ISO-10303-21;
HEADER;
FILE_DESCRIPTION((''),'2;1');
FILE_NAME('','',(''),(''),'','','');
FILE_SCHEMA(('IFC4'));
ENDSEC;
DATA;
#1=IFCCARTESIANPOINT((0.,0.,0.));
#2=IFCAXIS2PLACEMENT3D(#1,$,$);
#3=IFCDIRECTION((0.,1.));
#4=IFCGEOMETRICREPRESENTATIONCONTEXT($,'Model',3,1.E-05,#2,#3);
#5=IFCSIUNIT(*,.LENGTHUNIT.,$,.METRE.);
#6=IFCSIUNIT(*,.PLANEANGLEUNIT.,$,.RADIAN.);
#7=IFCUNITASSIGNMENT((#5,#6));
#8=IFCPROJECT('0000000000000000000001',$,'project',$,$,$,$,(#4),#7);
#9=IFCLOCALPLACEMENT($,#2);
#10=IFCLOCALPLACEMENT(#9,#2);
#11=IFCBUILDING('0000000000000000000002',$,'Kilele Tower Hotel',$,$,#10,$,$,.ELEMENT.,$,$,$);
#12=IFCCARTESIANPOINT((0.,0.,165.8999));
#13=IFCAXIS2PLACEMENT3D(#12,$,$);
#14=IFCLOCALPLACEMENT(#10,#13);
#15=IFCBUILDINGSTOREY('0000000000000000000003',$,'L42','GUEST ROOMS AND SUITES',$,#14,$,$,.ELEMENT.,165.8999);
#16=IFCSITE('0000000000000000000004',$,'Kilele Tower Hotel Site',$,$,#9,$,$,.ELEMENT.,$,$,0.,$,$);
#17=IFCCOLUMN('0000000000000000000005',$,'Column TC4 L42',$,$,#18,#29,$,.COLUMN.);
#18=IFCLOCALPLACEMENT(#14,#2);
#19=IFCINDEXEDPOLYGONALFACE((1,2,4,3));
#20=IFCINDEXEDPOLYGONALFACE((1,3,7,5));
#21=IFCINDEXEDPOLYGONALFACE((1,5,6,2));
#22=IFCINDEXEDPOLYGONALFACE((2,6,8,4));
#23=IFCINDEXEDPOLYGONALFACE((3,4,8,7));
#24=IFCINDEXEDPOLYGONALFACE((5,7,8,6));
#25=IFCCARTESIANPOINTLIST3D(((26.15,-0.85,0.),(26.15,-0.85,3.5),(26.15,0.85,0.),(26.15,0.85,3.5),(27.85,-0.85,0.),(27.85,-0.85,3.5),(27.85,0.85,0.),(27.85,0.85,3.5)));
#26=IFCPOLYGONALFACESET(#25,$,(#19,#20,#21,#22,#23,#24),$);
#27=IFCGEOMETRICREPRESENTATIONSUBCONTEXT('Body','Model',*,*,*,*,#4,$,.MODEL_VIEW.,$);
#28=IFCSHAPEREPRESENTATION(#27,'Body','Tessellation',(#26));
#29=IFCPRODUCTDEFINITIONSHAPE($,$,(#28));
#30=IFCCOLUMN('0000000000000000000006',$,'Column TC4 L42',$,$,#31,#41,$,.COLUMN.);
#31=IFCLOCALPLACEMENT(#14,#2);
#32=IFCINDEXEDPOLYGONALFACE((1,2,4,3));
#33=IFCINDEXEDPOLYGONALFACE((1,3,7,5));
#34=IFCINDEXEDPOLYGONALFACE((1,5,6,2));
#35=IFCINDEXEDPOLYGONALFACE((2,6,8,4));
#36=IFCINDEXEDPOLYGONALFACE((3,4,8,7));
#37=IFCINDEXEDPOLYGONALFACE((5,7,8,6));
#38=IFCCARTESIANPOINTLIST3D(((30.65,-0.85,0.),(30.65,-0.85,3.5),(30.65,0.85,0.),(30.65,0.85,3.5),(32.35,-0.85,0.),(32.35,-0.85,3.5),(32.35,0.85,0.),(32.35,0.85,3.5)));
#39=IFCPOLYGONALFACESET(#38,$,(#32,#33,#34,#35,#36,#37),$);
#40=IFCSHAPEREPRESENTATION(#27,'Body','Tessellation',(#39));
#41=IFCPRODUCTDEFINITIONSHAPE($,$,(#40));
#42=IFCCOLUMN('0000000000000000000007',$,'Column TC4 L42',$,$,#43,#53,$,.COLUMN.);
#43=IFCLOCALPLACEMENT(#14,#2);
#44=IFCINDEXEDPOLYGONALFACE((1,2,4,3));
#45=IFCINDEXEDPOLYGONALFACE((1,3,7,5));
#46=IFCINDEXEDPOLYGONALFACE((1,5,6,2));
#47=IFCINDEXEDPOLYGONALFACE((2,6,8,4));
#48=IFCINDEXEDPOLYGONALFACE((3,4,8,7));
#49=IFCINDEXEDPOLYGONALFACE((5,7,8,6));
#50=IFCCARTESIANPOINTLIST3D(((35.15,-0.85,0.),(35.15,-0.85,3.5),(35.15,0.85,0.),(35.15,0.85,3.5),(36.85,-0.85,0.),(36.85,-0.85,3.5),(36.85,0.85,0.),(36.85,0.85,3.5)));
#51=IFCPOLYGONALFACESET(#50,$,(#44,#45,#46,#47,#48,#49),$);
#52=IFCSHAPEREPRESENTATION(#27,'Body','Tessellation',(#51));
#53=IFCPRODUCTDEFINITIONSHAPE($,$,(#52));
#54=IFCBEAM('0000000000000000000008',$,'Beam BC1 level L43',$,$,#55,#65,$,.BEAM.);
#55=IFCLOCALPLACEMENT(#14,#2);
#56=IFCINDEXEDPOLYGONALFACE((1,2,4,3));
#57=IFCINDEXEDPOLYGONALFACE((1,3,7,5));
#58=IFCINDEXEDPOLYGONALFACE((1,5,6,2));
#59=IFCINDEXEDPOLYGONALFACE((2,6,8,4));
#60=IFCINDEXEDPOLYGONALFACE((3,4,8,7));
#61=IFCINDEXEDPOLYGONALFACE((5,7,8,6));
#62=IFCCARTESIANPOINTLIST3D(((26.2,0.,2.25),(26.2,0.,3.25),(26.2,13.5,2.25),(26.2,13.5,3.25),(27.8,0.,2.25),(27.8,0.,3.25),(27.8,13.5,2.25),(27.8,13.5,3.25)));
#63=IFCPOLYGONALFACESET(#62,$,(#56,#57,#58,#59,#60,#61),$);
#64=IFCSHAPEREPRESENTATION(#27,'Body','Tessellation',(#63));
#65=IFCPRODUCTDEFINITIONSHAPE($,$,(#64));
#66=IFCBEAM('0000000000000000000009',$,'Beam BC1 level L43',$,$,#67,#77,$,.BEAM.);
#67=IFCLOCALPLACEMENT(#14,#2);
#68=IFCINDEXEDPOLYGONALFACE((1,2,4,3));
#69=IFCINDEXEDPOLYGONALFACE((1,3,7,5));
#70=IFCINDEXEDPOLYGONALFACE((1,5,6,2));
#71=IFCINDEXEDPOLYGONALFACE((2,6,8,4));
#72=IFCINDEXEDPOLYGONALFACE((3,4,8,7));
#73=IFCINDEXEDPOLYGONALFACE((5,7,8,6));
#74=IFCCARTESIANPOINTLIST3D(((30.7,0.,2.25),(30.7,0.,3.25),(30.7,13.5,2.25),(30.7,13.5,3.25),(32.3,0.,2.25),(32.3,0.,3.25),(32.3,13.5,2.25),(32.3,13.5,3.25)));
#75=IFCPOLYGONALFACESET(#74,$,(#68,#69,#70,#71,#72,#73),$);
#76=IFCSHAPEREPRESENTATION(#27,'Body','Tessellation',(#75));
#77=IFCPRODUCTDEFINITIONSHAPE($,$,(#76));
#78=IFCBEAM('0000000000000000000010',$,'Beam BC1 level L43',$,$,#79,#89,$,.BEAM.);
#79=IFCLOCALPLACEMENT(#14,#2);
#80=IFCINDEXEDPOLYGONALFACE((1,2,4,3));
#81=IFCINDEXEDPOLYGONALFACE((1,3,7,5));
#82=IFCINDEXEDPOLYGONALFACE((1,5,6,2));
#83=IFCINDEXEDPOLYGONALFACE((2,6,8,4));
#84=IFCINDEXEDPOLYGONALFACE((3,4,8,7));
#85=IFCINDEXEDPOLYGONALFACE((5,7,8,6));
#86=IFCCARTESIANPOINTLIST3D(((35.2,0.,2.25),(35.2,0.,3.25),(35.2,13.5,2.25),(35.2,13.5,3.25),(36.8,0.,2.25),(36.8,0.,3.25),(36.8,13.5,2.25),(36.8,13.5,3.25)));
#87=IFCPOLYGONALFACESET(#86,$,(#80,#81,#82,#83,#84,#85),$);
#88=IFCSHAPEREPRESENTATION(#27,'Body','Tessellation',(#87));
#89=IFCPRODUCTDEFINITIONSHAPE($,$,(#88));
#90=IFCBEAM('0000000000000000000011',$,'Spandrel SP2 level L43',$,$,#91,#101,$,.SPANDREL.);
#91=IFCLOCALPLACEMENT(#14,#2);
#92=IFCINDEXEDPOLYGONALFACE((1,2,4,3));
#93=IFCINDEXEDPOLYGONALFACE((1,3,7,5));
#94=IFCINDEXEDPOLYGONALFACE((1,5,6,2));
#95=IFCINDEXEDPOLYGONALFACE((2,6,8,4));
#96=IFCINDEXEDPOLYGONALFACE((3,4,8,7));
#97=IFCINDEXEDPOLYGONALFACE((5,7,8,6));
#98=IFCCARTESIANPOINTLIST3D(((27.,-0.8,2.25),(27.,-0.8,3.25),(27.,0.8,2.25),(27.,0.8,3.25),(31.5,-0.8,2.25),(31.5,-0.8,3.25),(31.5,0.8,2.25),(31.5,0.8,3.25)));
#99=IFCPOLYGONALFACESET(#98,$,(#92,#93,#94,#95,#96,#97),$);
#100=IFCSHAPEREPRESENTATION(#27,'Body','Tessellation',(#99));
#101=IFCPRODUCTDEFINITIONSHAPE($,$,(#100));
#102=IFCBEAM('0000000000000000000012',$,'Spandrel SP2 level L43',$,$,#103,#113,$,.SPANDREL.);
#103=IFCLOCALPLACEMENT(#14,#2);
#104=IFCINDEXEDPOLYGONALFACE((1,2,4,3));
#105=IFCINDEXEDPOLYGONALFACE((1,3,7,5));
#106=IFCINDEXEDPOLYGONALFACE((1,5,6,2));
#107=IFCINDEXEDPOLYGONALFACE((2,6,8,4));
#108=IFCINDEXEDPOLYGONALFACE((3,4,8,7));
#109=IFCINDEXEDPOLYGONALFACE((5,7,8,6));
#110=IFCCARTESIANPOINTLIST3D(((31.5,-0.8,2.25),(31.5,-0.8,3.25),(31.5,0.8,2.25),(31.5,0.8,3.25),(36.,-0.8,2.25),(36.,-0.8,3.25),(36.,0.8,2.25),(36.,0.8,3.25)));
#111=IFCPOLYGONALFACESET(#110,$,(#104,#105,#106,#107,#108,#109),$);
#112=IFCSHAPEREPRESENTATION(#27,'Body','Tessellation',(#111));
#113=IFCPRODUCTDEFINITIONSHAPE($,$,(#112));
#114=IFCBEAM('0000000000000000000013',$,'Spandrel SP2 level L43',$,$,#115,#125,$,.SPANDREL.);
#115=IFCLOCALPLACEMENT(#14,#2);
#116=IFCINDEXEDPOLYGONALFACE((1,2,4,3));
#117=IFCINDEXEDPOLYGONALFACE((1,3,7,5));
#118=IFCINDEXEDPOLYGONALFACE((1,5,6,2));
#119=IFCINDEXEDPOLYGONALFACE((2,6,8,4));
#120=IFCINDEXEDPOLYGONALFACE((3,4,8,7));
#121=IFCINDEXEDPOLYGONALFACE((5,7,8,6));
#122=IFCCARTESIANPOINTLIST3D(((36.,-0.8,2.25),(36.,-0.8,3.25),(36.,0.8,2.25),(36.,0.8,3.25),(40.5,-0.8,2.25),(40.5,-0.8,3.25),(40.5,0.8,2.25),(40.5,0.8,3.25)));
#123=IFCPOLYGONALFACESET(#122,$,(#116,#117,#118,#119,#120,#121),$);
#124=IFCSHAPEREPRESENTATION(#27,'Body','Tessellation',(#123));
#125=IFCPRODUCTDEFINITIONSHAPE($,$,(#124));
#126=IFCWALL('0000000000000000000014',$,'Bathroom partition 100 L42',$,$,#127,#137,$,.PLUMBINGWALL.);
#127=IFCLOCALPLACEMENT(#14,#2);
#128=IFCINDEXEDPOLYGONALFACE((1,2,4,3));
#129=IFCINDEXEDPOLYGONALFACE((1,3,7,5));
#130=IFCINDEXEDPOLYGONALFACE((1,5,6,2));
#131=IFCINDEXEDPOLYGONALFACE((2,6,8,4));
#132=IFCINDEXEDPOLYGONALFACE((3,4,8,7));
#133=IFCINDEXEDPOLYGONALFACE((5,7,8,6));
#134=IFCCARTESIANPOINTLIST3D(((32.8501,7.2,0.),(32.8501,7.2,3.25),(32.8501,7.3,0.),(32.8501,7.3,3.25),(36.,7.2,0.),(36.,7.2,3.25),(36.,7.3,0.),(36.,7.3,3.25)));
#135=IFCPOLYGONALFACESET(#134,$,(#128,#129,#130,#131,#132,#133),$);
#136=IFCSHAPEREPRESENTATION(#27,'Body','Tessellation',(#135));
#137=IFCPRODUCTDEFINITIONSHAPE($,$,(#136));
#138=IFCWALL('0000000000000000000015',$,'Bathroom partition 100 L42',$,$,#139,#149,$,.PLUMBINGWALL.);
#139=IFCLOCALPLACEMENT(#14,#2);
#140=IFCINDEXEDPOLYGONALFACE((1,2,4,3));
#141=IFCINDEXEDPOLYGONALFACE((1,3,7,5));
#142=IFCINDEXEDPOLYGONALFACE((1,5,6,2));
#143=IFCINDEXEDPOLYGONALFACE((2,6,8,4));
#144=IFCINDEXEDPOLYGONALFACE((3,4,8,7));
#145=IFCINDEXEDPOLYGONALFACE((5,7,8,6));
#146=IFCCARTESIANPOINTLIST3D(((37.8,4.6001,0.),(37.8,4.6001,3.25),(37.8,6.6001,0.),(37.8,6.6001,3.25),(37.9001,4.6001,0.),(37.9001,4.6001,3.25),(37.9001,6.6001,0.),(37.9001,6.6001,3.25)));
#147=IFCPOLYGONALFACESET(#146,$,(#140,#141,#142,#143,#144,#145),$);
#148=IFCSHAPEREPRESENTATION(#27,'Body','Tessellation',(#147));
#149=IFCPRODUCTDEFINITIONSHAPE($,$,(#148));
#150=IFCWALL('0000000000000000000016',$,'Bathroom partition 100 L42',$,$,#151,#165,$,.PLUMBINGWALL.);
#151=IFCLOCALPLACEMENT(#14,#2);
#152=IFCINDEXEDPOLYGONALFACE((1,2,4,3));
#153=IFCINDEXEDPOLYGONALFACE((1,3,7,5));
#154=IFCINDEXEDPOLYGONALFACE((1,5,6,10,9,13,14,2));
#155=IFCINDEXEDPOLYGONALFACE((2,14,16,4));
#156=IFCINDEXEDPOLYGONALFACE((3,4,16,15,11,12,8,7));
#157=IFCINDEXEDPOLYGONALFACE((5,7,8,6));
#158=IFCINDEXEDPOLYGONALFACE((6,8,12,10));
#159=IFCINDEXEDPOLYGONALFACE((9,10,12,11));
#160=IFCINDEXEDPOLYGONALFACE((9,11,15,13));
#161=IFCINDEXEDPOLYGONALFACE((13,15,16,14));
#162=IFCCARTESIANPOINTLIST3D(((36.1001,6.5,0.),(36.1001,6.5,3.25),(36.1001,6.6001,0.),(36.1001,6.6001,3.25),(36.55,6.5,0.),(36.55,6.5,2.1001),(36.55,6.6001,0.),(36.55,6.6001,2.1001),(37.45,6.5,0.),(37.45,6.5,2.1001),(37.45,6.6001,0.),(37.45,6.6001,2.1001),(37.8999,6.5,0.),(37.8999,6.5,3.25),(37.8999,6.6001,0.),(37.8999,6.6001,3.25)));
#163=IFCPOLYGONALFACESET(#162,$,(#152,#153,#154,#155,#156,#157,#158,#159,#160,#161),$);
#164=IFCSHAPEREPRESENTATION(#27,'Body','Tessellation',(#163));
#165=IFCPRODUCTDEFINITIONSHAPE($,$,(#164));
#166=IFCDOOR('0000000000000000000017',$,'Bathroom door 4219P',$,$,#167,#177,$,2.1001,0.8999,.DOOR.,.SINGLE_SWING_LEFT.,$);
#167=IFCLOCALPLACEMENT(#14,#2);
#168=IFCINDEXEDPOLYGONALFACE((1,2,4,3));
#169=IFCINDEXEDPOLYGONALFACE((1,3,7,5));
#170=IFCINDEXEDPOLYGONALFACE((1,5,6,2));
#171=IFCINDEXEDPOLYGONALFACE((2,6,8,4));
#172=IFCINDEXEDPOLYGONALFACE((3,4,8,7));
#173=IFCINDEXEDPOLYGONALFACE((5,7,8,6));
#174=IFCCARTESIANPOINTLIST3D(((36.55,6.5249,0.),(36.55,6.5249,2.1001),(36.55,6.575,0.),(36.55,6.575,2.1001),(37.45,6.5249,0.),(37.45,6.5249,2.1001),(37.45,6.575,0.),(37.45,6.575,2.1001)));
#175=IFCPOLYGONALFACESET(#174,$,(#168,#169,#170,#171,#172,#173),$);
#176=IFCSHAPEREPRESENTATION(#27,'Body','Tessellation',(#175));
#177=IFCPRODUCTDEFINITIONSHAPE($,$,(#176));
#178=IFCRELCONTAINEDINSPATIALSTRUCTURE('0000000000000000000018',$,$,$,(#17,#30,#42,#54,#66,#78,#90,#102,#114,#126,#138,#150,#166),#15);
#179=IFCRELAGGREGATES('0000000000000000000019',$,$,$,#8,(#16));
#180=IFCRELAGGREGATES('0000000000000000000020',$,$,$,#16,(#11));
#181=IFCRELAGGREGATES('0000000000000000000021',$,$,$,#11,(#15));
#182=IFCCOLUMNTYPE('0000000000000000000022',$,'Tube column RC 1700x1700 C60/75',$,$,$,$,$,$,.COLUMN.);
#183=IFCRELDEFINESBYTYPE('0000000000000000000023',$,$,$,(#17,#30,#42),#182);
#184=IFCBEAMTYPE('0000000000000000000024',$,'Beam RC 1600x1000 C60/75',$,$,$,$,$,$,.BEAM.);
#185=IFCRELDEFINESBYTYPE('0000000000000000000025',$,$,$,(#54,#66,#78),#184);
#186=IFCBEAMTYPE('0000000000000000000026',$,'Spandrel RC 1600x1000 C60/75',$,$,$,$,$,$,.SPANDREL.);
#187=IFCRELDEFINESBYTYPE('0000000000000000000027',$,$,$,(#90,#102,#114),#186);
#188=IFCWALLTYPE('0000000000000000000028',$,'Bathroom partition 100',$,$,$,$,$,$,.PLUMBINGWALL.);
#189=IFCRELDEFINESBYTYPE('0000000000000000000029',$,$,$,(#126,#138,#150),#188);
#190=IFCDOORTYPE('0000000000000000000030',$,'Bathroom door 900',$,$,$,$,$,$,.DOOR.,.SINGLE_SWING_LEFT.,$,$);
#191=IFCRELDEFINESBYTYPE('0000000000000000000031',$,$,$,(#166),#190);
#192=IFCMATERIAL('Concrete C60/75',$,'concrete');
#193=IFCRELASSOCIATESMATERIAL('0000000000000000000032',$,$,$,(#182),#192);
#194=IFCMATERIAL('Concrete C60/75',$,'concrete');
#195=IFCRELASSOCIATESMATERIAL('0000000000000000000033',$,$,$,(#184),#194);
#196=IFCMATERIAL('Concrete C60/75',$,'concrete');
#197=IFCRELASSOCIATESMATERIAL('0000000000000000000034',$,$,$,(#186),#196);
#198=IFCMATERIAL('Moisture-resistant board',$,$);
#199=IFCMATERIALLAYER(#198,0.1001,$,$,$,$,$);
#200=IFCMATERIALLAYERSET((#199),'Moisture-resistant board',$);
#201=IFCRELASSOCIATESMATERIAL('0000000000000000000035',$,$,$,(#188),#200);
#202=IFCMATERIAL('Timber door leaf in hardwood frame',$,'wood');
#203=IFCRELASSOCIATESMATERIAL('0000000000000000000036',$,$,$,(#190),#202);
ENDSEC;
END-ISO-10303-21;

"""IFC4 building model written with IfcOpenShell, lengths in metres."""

from ifc_helpers import new_model, si_unit, direction, frame, frame_2d, origin, origin_2d, place, context, subcontext, project, spatial, rectangle, extrude, material, layer, layer_set, material_profile, profile_set, type_object, element, fill, save


model = new_model("IFC4")

# Units and contexts
model_context = context("Model", 3, precision=1e-05, world=origin(), true_north=direction((0.0, 1.0)))
body_context = subcontext(model_context, "Body", "Model", "MODEL_VIEW")
ifc_project = project(units=[si_unit("LENGTHUNIT", "METRE"), si_unit("PLANEANGLEUNIT", "RADIAN")], contexts=[model_context])

# Site, building, storey
site_placement = place(None, origin())
site = spatial("IfcSite", under=ifc_project, at=site_placement, Name="Kilele Tower Hotel Site", CompositionType="ELEMENT", RefElevation=0.0)
building_placement = place(site_placement, origin())
building = spatial("IfcBuilding", under=site, at=building_placement, Name="Kilele Tower Hotel", CompositionType="ELEMENT")
storey_placement = place(building_placement, frame((0.0, 0.0, 165.8999)))
storey = spatial("IfcBuildingStorey", under=building, at=storey_placement, Name="L42", Description="GUEST ROOMS AND SUITES", CompositionType="ELEMENT", Elevation=165.8999)

# Columns
ifc_material_1 = material(Name="Concrete C60/75", Category="concrete")
ifc_material_profile_1 = material_profile(ifc_material_1, rectangle(XDim=1.7, YDim=1.7, at=origin_2d()))
ifc_profile_set_1 = profile_set([ifc_material_profile_1], Name="Concrete C60/75")
column_type = type_object("IfcColumnType", Name="Tube column RC 1700x1700 C60/75", PredefinedType="COLUMN", material=ifc_profile_set_1)
for number, where, z_axis, x_axis, name in (
    (1, (27.0, 0.0, 0.0), (0.0, 0.0, 1.0), (1.0, 0.0, 0.0), "Column TC4 L42"),
    (2, (31.5, 0.0, 0.0), (0.0, 0.0, 1.0), (1.0, 0.0, 0.0), "Column TC4 L42"),
    (3, (36.0, 0.0, 0.0), (0.0, 0.0, 1.0), (1.0, 0.0, 0.0), "Column TC4 L42"),
):
    element("IfcColumn", number, at=place(storey_placement, frame(where, z_axis=z_axis, x_axis=x_axis)), inside=storey, type_object=column_type, Name=name, PredefinedType="COLUMN", context=body_context, shape_type="SweptSolid", body=[
        extrude(rectangle(XDim=1.7, YDim=1.7, at=origin_2d()), origin(), (0.0, 0.0, 1.0), 3.5),
    ])

# Beams
ifc_material_2 = material(Name="Concrete C60/75", Category="concrete")
ifc_material_profile_2 = material_profile(ifc_material_2, rectangle(XDim=1.6001, YDim=1.0, at=origin_2d()))
ifc_profile_set_2 = profile_set([ifc_material_profile_2], Name="Concrete C60/75")
beam_type_1 = type_object("IfcBeamType", Name="Beam RC 1600x1000 C60/75", PredefinedType="BEAM", material=ifc_profile_set_2)
for number, where, z_axis, x_axis, name in (
    (4, (27.0, 0.0, 2.75), (0.0, 1.0, 0.0), (-1.0, 0.0, 0.0), "Beam BC1 level L43"),
    (5, (31.5, 0.0, 2.75), (0.0, 1.0, 0.0), (-1.0, 0.0, 0.0), "Beam BC1 level L43"),
    (6, (36.0, 0.0, 2.75), (0.0, 1.0, 0.0), (-1.0, 0.0, 0.0), "Beam BC1 level L43"),
):
    element("IfcBeam", number, at=place(storey_placement, frame(where, z_axis=z_axis, x_axis=x_axis)), inside=storey, type_object=beam_type_1, Name=name, PredefinedType="BEAM", context=body_context, shape_type="SweptSolid", body=[
        extrude(rectangle(XDim=1.6001, YDim=1.0, at=origin_2d()), origin(), (0.0, 0.0, 1.0), 13.5),
    ])
ifc_material_3 = material(Name="Concrete C60/75", Category="concrete")
ifc_material_profile_3 = material_profile(ifc_material_3, rectangle(XDim=1.6001, YDim=1.0, at=origin_2d()))
ifc_profile_set_3 = profile_set([ifc_material_profile_3], Name="Concrete C60/75")
beam_type_2 = type_object("IfcBeamType", Name="Spandrel RC 1600x1000 C60/75", PredefinedType="SPANDREL", material=ifc_profile_set_3)
for number, where, z_axis, x_axis, name in (
    (7, (27.0, 0.0, 2.75), (1.0, 0.0, 0.0), (0.0, 1.0, 0.0), "Spandrel SP2 level L43"),
    (8, (31.5, 0.0, 2.75), (1.0, 0.0, 0.0), (0.0, 1.0, 0.0), "Spandrel SP2 level L43"),
    (9, (36.0, 0.0, 2.75), (1.0, 0.0, 0.0), (0.0, 1.0, 0.0), "Spandrel SP2 level L43"),
):
    element("IfcBeam", number, at=place(storey_placement, frame(where, z_axis=z_axis, x_axis=x_axis)), inside=storey, type_object=beam_type_2, Name=name, PredefinedType="SPANDREL", context=body_context, shape_type="SweptSolid", body=[
        extrude(rectangle(XDim=1.6001, YDim=1.0, at=origin_2d()), origin(), (0.0, 0.0, 1.0), 4.5),
    ])

# Walls
ifc_material_4 = material(Name="Moisture-resistant board")
ifc_layer_1 = layer(ifc_material_4, 0.1001)
ifc_layer_set_1 = layer_set([ifc_layer_1], Name="Moisture-resistant board")
wall_type_1 = type_object("IfcWallType", Name="Bathroom partition 100", PredefinedType="PLUMBINGWALL", material=ifc_layer_set_1)
wall_1_placement = place(storey_placement, frame((32.8501, 7.25, 0.0), z_axis=(0.0, 0.0, 1.0), x_axis=(1.0, 0.0, 0.0)))
element("IfcWall", 10, at=wall_1_placement, inside=storey, type_object=wall_type_1, Name="Bathroom partition 100 L42", PredefinedType="PLUMBINGWALL", context=body_context, shape_type="SweptSolid", body=[
    extrude(rectangle(XDim=3.1499, YDim=0.1001, at=frame_2d((1.575, 0.0))), origin(), (0.0, 0.0, 1.0), 3.25),
])
wall_2_placement = place(storey_placement, frame((37.8501, 4.6001, 0.0), z_axis=(0.0, 0.0, 1.0), x_axis=(0.0, 1.0, 0.0)))
element("IfcWall", 11, at=wall_2_placement, inside=storey, type_object=wall_type_1, Name="Bathroom partition 100 L42", PredefinedType="PLUMBINGWALL", context=body_context, shape_type="SweptSolid", body=[
    extrude(rectangle(XDim=2.0, YDim=0.1001, at=frame_2d((1.0, 0.0))), origin(), (0.0, 0.0, 1.0), 3.25),
])

# Wall, opening, door
wall_3_placement = place(storey_placement, frame((36.1001, 6.55, 0.0), z_axis=(0.0, 0.0, 1.0), x_axis=(1.0, 0.0, 0.0)))
wall_3 = element("IfcWall", 12, at=wall_3_placement, inside=storey, type_object=wall_type_1, Name="Bathroom partition 100 L42", PredefinedType="PLUMBINGWALL", context=body_context, shape_type="SweptSolid", body=[
    extrude(rectangle(XDim=1.7998, YDim=0.1001, at=frame_2d((0.8999, 0.0))), origin(), (0.0, 0.0, 1.0), 3.25),
])
opening_1_placement = place(wall_3_placement, frame((0.45, 0.0, 0.0)))
opening_1 = element("IfcOpeningElement", 13, at=opening_1_placement, cuts=wall_3, PredefinedType="OPENING", context=body_context, shape_type="SweptSolid", body=[
    extrude(rectangle(XDim=0.8999, YDim=2.1001, at=frame_2d((0.45, 1.05))), frame((0.0, 0.0601, 0.0), z_axis=(0.0, -1.0, 0.0), x_axis=(1.0, 0.0, 0.0)), (0.0, 0.0, 1.0), 0.1201),
])
ifc_material_5 = material(Name="Timber door leaf in hardwood frame", Category="wood")
door_type_1 = type_object("IfcDoorType", Name="Bathroom door 900", OperationType="SINGLE_SWING_LEFT", PredefinedType="DOOR", material=ifc_material_5)
door_1_placement = place(opening_1_placement, origin())
door_1 = element("IfcDoor", 14, at=door_1_placement, inside=storey, type_object=door_type_1, Name="Bathroom door 4219P", OperationType="SINGLE_SWING_LEFT", OverallHeight=2.1001, OverallWidth=0.8999, PredefinedType="DOOR", context=body_context, shape_type="SweptSolid", body=[
    extrude(rectangle(XDim=0.8999, YDim=2.1001, at=frame_2d((0.45, 1.05))), frame((0.0, 0.0249, 0.0), z_axis=(0.0, -1.0, 0.0), x_axis=(1.0, 0.0, 0.0)), (0.0, 0.0, 1.0), 0.05),
])
fill(opening_1, door_1)

save(model, "model.ifc")
